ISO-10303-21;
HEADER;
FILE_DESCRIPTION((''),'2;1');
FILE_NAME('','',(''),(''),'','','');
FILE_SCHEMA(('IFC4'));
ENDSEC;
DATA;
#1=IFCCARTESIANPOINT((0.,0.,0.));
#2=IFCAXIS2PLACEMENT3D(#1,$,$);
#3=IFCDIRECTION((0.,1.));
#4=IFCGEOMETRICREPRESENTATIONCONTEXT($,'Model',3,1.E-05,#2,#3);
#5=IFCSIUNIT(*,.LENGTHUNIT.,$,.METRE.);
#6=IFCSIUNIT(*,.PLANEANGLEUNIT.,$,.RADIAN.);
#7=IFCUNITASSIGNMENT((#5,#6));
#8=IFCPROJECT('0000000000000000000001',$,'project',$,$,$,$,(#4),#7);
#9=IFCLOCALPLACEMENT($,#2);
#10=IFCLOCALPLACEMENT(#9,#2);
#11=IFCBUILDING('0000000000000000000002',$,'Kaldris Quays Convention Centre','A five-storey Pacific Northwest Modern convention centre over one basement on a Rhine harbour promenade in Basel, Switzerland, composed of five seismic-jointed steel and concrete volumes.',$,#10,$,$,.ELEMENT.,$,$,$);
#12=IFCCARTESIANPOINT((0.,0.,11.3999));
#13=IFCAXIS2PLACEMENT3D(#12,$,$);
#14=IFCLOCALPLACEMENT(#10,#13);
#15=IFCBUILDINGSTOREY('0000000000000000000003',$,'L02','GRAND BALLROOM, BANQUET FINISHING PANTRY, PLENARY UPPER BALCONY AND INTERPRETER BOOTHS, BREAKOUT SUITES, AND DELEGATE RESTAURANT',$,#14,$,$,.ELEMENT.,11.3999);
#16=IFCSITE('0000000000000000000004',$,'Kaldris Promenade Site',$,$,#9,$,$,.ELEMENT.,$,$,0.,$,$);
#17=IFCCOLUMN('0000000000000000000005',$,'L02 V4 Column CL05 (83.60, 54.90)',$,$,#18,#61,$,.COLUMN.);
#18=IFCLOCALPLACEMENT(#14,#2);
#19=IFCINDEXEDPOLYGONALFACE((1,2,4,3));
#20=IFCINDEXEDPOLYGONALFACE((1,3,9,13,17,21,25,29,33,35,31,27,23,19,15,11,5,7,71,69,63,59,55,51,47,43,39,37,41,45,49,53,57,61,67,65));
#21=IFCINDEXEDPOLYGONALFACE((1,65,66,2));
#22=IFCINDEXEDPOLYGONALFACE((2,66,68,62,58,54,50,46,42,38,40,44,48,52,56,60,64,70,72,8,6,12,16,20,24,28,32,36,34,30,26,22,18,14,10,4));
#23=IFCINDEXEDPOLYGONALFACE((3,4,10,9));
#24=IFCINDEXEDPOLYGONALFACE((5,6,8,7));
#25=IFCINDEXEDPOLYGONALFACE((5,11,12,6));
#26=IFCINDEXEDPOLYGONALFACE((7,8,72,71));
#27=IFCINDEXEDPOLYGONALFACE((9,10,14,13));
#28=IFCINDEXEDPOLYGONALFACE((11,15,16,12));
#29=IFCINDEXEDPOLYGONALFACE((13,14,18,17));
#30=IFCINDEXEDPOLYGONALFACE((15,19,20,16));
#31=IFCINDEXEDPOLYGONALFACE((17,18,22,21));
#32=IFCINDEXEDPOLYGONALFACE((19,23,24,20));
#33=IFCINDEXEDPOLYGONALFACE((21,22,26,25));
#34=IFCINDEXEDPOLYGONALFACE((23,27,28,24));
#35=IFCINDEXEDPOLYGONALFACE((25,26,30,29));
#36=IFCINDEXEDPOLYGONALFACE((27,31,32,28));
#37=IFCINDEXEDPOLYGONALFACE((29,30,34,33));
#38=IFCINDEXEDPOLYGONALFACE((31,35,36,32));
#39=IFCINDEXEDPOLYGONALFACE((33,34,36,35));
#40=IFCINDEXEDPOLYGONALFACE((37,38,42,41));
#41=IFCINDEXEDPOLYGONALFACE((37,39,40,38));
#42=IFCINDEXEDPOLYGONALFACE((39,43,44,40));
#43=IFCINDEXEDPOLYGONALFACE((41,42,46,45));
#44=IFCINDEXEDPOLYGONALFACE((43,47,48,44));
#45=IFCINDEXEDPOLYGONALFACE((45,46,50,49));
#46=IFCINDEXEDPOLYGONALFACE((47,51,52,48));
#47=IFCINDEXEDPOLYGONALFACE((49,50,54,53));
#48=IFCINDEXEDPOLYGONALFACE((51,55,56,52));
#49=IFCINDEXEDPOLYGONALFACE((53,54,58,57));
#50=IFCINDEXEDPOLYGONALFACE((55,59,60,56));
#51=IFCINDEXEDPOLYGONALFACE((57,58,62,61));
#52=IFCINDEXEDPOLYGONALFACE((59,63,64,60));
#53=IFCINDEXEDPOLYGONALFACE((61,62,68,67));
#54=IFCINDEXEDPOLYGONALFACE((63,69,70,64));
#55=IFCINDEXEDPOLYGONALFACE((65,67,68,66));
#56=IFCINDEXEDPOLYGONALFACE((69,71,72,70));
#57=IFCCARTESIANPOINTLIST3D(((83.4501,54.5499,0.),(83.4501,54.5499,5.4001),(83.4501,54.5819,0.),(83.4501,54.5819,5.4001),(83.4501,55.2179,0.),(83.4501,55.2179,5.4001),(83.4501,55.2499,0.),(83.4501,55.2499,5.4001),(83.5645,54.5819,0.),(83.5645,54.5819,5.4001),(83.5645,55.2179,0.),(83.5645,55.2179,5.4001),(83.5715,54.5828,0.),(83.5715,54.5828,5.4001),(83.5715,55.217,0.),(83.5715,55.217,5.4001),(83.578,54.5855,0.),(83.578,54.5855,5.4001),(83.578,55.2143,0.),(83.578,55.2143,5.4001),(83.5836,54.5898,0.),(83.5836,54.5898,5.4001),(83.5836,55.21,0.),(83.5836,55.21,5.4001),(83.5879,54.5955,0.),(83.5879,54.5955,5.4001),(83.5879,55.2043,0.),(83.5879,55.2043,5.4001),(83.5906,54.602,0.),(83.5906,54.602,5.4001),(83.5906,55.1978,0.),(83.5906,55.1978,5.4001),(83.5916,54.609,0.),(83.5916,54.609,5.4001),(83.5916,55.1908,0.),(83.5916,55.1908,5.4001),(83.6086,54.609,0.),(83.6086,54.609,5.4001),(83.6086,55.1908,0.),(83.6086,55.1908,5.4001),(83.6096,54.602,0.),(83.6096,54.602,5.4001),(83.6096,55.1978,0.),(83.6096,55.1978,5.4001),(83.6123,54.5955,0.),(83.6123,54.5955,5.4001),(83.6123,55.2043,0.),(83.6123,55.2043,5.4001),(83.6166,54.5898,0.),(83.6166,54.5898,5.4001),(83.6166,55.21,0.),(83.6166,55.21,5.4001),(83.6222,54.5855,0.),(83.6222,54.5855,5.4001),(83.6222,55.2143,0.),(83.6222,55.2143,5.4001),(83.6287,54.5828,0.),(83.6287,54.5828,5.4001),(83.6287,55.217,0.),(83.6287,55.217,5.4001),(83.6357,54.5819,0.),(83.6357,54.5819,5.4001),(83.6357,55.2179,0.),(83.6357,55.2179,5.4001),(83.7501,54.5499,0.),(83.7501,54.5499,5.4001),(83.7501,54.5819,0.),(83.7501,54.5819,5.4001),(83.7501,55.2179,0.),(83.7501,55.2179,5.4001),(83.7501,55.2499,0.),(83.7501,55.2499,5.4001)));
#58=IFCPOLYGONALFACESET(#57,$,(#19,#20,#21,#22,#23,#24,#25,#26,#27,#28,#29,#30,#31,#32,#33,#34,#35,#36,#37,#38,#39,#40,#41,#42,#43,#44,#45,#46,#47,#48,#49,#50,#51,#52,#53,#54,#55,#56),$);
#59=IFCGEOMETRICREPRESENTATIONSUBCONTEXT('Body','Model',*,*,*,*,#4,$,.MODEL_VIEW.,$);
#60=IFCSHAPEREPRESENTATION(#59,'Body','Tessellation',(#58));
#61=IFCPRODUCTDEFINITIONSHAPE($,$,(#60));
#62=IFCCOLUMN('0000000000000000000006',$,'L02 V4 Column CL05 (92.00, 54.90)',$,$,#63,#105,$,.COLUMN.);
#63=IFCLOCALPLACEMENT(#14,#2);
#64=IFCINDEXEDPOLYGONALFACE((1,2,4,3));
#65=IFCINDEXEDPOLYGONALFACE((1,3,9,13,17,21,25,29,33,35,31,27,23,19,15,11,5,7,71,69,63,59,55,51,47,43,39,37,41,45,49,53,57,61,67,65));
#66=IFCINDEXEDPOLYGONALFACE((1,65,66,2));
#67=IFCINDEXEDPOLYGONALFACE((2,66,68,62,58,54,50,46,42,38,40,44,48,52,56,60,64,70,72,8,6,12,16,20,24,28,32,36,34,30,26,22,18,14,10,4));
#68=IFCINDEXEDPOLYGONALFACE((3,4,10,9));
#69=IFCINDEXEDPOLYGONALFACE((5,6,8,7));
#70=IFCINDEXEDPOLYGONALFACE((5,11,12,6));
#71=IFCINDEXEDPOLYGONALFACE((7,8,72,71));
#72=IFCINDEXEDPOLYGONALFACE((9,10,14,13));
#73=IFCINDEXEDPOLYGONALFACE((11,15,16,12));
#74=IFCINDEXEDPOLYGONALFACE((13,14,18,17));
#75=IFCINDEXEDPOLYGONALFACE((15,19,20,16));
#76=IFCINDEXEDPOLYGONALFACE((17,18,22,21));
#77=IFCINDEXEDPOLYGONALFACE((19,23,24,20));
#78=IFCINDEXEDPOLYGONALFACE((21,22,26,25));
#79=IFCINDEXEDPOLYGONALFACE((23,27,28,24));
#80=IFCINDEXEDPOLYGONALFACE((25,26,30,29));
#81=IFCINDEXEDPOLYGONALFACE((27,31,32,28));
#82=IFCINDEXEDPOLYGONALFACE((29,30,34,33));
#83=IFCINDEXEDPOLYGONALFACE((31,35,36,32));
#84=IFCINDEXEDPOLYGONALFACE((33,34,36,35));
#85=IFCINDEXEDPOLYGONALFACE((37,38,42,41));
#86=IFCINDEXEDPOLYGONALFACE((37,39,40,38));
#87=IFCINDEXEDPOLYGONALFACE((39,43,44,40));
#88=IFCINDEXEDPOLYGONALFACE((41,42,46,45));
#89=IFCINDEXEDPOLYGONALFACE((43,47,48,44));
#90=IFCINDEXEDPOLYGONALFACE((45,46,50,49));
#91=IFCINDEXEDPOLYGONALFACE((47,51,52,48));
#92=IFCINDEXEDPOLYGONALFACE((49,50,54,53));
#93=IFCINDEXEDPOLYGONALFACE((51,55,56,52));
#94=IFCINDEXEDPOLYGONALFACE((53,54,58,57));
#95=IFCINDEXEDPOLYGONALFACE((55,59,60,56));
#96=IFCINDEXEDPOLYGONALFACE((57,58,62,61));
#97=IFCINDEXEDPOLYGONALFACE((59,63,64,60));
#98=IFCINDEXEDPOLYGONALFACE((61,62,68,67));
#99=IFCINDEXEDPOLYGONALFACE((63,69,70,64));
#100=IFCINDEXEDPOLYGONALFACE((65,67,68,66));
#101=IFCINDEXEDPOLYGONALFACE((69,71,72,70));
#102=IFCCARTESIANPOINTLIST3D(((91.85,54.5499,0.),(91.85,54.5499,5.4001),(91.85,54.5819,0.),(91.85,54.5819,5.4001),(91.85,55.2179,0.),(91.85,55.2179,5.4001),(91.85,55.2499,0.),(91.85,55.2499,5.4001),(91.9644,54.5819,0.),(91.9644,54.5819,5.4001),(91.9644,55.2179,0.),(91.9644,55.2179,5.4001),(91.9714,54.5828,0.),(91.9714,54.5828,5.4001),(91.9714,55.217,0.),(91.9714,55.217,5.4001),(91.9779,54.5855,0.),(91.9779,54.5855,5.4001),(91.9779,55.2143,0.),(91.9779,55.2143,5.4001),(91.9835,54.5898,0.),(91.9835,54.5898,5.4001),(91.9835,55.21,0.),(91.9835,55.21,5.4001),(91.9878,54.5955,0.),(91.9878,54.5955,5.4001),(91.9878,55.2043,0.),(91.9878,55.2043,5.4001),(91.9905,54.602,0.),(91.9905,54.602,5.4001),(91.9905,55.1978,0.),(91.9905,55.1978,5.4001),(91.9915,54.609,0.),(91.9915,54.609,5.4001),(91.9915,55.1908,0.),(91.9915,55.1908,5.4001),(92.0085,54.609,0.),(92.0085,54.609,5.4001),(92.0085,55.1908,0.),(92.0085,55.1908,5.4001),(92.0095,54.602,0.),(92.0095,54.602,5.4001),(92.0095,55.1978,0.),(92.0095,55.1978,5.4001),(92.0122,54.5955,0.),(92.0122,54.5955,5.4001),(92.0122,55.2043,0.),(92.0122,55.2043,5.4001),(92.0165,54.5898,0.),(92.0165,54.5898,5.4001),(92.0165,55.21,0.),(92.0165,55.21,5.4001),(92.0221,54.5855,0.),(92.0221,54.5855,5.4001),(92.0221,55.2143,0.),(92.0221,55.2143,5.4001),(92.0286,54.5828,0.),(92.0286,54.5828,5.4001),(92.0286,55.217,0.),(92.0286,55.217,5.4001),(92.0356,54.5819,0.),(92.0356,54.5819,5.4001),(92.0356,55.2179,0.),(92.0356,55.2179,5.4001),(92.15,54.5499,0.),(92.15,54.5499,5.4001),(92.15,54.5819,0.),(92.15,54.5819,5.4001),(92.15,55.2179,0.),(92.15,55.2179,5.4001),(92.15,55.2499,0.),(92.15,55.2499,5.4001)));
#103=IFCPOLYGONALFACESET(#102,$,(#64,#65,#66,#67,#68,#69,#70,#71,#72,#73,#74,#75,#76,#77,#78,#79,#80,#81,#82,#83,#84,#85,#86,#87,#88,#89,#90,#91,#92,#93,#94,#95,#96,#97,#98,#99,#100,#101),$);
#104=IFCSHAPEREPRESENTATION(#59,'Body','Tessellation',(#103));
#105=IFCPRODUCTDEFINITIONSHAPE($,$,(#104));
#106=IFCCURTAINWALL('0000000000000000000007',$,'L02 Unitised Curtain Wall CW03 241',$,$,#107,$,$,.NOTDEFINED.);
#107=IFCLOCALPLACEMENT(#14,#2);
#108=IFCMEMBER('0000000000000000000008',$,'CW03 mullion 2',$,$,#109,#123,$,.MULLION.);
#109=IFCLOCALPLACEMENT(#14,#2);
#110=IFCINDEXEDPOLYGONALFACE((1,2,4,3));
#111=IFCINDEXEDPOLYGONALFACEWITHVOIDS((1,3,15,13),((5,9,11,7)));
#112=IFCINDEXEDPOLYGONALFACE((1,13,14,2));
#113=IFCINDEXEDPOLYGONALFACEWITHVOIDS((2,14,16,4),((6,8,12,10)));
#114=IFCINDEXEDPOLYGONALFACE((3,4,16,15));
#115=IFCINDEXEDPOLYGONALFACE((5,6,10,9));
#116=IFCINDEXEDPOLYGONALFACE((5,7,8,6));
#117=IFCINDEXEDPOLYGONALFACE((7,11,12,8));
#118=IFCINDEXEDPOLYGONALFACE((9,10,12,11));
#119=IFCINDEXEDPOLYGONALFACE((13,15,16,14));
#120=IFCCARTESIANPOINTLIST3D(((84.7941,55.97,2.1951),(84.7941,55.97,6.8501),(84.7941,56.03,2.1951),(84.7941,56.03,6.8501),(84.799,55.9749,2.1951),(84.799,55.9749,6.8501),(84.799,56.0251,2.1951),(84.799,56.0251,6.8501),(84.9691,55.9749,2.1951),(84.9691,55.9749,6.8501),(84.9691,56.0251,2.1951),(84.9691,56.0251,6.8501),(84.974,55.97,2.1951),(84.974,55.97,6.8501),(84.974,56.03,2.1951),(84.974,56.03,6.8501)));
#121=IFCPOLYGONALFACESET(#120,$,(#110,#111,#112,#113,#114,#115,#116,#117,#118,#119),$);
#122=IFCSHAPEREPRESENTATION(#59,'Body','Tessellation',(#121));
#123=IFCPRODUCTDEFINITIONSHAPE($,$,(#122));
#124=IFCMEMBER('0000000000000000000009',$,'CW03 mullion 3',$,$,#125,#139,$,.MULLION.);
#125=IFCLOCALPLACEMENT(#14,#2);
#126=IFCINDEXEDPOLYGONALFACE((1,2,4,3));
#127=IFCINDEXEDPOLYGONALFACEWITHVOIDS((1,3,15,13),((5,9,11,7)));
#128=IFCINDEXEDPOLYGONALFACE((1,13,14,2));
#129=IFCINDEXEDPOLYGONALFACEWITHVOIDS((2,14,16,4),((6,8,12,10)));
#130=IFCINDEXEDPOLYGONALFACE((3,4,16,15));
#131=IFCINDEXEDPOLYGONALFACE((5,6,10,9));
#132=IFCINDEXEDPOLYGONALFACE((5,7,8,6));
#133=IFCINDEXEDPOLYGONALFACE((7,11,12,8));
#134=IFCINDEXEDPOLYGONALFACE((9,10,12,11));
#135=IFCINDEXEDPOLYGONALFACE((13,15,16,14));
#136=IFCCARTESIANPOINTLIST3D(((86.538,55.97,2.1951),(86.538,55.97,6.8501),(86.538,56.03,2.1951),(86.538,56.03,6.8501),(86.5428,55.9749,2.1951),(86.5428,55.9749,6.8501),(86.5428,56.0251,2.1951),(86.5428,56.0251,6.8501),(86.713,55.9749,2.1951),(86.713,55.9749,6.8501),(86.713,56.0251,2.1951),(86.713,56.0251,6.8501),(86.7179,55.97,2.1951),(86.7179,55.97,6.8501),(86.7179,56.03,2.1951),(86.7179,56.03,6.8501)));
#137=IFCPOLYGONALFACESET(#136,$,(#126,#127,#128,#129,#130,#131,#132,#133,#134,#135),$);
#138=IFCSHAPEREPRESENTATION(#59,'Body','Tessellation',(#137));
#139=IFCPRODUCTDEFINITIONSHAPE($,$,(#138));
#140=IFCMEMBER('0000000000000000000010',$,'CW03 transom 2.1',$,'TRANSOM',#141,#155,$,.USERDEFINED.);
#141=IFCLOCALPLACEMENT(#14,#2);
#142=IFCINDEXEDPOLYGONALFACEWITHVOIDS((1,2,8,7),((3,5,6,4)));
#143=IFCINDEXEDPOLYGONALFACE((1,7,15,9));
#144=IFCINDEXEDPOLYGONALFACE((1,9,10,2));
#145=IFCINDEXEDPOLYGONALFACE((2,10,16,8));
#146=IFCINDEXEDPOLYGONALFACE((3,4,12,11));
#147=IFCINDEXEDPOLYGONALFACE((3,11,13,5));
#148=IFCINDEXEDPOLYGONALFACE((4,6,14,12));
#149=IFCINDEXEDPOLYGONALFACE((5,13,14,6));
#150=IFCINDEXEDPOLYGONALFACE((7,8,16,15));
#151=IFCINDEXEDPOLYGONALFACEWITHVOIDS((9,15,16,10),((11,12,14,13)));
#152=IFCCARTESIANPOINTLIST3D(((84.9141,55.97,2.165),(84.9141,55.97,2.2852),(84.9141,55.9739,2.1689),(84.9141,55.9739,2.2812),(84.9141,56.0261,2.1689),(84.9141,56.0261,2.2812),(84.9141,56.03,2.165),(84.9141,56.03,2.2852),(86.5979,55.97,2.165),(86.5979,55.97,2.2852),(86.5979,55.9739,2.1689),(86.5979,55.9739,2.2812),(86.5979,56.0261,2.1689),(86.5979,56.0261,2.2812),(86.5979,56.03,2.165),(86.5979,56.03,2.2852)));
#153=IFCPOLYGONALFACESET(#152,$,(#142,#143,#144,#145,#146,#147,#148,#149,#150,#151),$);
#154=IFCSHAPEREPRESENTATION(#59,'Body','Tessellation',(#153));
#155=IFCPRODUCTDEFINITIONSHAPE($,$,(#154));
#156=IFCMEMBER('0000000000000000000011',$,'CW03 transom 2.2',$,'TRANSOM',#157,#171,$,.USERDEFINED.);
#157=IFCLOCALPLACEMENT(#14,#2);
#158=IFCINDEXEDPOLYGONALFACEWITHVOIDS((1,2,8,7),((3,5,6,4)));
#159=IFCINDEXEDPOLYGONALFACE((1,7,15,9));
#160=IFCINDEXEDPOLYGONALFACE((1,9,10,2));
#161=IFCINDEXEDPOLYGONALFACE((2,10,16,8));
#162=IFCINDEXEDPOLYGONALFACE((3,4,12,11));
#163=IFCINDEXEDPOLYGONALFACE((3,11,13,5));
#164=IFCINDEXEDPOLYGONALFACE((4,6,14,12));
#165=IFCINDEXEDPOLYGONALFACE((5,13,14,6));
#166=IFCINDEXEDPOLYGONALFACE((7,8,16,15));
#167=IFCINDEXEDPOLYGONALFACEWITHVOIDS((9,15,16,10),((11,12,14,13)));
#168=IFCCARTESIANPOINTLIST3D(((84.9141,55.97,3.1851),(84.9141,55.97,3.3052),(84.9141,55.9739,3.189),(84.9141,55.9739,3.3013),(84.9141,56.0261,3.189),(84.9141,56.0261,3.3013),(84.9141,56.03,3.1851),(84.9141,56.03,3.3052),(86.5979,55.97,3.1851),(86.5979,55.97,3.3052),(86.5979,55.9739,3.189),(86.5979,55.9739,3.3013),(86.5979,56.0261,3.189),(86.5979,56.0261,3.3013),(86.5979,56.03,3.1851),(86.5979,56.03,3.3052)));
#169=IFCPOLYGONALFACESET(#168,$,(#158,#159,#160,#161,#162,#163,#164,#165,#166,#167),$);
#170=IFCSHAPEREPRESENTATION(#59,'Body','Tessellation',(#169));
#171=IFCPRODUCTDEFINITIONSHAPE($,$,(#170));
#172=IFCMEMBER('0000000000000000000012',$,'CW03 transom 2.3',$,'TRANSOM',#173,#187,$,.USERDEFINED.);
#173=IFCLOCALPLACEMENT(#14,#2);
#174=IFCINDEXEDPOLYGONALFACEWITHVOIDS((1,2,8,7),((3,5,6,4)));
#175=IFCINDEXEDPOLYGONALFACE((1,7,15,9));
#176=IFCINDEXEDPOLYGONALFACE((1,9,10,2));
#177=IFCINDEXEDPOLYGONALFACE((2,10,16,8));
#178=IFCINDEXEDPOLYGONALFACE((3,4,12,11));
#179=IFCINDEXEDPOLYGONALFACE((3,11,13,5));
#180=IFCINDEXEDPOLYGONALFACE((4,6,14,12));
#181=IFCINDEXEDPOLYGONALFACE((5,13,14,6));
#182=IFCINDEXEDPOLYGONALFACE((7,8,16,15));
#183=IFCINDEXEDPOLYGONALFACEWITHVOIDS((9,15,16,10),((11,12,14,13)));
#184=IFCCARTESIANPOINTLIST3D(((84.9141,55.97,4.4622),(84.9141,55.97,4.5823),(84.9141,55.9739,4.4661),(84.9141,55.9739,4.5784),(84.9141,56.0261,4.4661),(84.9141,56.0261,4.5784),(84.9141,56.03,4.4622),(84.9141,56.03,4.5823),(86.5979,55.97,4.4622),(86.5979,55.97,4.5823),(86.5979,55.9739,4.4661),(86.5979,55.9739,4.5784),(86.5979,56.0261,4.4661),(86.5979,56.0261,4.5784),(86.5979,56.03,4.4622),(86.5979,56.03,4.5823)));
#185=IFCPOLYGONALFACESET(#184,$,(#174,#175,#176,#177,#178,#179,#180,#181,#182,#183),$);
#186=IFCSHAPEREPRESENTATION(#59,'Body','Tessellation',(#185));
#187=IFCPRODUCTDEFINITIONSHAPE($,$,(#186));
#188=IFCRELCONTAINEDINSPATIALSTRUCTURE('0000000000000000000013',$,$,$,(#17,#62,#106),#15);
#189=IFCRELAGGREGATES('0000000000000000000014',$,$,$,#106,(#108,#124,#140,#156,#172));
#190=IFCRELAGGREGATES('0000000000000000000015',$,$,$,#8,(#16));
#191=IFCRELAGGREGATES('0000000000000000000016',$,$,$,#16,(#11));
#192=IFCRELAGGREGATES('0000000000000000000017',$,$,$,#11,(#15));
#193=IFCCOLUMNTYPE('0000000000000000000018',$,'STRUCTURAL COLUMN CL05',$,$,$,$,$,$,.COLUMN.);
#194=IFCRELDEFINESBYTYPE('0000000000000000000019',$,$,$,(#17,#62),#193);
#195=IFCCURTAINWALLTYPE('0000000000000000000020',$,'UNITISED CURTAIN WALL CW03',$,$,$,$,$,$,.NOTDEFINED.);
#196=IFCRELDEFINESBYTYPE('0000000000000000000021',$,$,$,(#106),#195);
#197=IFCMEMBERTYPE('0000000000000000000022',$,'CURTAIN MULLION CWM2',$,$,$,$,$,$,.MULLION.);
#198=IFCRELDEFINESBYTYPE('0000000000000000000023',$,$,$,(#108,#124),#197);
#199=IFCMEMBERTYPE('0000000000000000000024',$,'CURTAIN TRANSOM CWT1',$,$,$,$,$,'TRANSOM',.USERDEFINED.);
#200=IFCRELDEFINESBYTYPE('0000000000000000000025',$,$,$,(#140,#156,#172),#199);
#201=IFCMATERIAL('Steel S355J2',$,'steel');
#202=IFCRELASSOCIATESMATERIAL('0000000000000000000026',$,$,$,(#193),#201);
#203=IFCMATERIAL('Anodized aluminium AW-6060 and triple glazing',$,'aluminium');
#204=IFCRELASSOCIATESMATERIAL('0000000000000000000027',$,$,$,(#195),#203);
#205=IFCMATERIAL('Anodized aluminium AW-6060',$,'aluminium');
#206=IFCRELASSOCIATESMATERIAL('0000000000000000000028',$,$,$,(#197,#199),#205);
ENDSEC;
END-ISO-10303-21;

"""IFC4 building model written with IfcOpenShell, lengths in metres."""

from ifc_helpers import new_model, si_unit, direction, frame, origin, origin_2d, place, context, subcontext, project, spatial, hollow_rectangle, i_section, extrude, material, material_profile, profile_set, type_object, element, aggregate, save


model = new_model("IFC4")

# Units and contexts
model_context = context("Model", 3, precision=1e-05, world=origin(), true_north=direction((0.0, 1.0)))
body_context = subcontext(model_context, "Body", "Model", "MODEL_VIEW")
ifc_project = project(units=[si_unit("LENGTHUNIT", "METRE"), si_unit("PLANEANGLEUNIT", "RADIAN")], contexts=[model_context])

# Site, building, storey
site_placement = place(None, origin())
site = spatial("IfcSite", under=ifc_project, at=site_placement, Name="Kaldris Promenade Site", CompositionType="ELEMENT", RefElevation=0.0)
building_placement = place(site_placement, origin())
building = spatial("IfcBuilding", under=site, at=building_placement, Name="Kaldris Quays Convention Centre", Description="A five-storey Pacific Northwest Modern convention centre over one basement on a Rhine harbour promenade in Basel, Switzerland, composed of five seismic-jointed steel and concrete volumes.", CompositionType="ELEMENT")
storey_placement = place(building_placement, frame((0.0, 0.0, 11.3999)))
storey = spatial("IfcBuildingStorey", under=building, at=storey_placement, Name="L02", Description="GRAND BALLROOM, BANQUET FINISHING PANTRY, PLENARY UPPER BALCONY AND INTERPRETER BOOTHS, BREAKOUT SUITES, AND DELEGATE RESTAURANT", CompositionType="ELEMENT", Elevation=11.3999)

# Columns
ifc_material_1 = material(Name="Steel S355J2", Category="steel")
ifc_material_profile_1 = material_profile(ifc_material_1, i_section(OverallWidth=0.3, OverallDepth=0.7, WebThickness=0.0171, FlangeThickness=0.032, FilletRadius=0.0271, at=origin_2d()), Name="HEB 700")
ifc_profile_set_1 = profile_set([ifc_material_profile_1], Name="Steel S355J2")
column_type = type_object("IfcColumnType", Name="STRUCTURAL COLUMN CL05", PredefinedType="COLUMN", material=ifc_profile_set_1)
for number, where, z_axis, x_axis, name in (
    (1, (83.6001, 54.8999, 0.0), (0.0, 0.0, 1.0), (1.0, 0.0, 0.0), "L02 V4 Column CL05 (83.60, 54.90)"),
    (2, (92.0, 54.8999, 0.0), (0.0, 0.0, 1.0), (1.0, 0.0, 0.0), "L02 V4 Column CL05 (92.00, 54.90)"),
):
    element("IfcColumn", number, at=place(storey_placement, frame(where, z_axis=z_axis, x_axis=x_axis)), inside=storey, type_object=column_type, Name=name, PredefinedType="COLUMN", context=body_context, shape_type="SweptSolid", body=[
        extrude(i_section(OverallWidth=0.3, OverallDepth=0.7, WebThickness=0.0171, FlangeThickness=0.032, FilletRadius=0.0271, at=origin_2d()), origin(), (0.0, 0.0, 1.0), 5.4001),
    ])

# Curtain wall, members
ifc_material_2 = material(Name="Anodized aluminium AW-6060 and triple glazing", Category="aluminium")
curtain_wall_type = type_object("IfcCurtainWallType", Name="UNITISED CURTAIN WALL CW03", PredefinedType="NOTDEFINED", material=ifc_material_2)
curtain_wall_placement = place(storey_placement, origin())
curtain_wall = element("IfcCurtainWall", 3, at=curtain_wall_placement, inside=storey, type_object=curtain_wall_type, Name="L02 Unitised Curtain Wall CW03 241", PredefinedType="NOTDEFINED")
ifc_material_3 = material(Name="Anodized aluminium AW-6060", Category="aluminium")
ifc_material_profile_2 = material_profile(ifc_material_3, hollow_rectangle(XDim=0.0601, YDim=0.1799, WallThickness=0.0049, at=origin_2d()), Name="RHS 180x60x5")
ifc_profile_set_2 = profile_set([ifc_material_profile_2], Name="Anodized aluminium AW-6060")
member_type_1 = type_object("IfcMemberType", Name="CURTAIN MULLION CWM2", PredefinedType="MULLION", material=ifc_profile_set_2)
member_1_placement = place(storey_placement, frame((84.884, 56.0, 2.1951), z_axis=(0.0, 0.0, 1.0), x_axis=(0.0, 1.0, 0.0)))
member_1 = element("IfcMember", 4, at=member_1_placement, type_object=member_type_1, Name="CW03 mullion 2", PredefinedType="MULLION", context=body_context, shape_type="SweptSolid", body=[
    extrude(hollow_rectangle(XDim=0.0601, YDim=0.1799, WallThickness=0.0049, at=origin_2d()), origin(), (0.0, 0.0, 1.0), 4.655),
])
member_2_placement = place(storey_placement, frame((86.6279, 56.0, 2.1951), z_axis=(0.0, 0.0, 1.0), x_axis=(0.0, 1.0, 0.0)))
member_2 = element("IfcMember", 5, at=member_2_placement, type_object=member_type_1, Name="CW03 mullion 3", PredefinedType="MULLION", context=body_context, shape_type="SweptSolid", body=[
    extrude(hollow_rectangle(XDim=0.0601, YDim=0.1799, WallThickness=0.0049, at=origin_2d()), origin(), (0.0, 0.0, 1.0), 4.655),
])
ifc_material_profile_3 = material_profile(ifc_material_3, hollow_rectangle(XDim=0.0601, YDim=0.1201, WallThickness=0.0039, at=origin_2d()), Name="RHS 120x60x4")
ifc_profile_set_3 = profile_set([ifc_material_profile_3], Name="Anodized aluminium AW-6060")
member_type_2 = type_object("IfcMemberType", Name="CURTAIN TRANSOM CWT1", ElementType="TRANSOM", PredefinedType="USERDEFINED", material=ifc_profile_set_3)
member_3_placement = place(storey_placement, frame((84.9141, 56.0, 2.2251), z_axis=(1.0, 0.0, 0.0), x_axis=(0.0, 1.0, 0.0)))
member_3 = element("IfcMember", 6, at=member_3_placement, type_object=member_type_2, Name="CW03 transom 2.1", ObjectType="TRANSOM", PredefinedType="USERDEFINED", context=body_context, shape_type="SweptSolid", body=[
    extrude(hollow_rectangle(XDim=0.0601, YDim=0.1201, WallThickness=0.0039, at=origin_2d()), origin(), (0.0, 0.0, 1.0), 1.6838),
])
member_4_placement = place(storey_placement, frame((84.9141, 56.0, 3.2451), z_axis=(1.0, 0.0, 0.0), x_axis=(0.0, 1.0, 0.0)))
member_4 = element("IfcMember", 7, at=member_4_placement, type_object=member_type_2, Name="CW03 transom 2.2", ObjectType="TRANSOM", PredefinedType="USERDEFINED", context=body_context, shape_type="SweptSolid", body=[
    extrude(hollow_rectangle(XDim=0.0601, YDim=0.1201, WallThickness=0.0039, at=origin_2d()), origin(), (0.0, 0.0, 1.0), 1.6838),
])
member_5_placement = place(storey_placement, frame((84.9141, 56.0, 4.5222), z_axis=(1.0, 0.0, 0.0), x_axis=(0.0, 1.0, 0.0)))
member_5 = element("IfcMember", 8, at=member_5_placement, type_object=member_type_2, Name="CW03 transom 2.3", ObjectType="TRANSOM", PredefinedType="USERDEFINED", context=body_context, shape_type="SweptSolid", body=[
    extrude(hollow_rectangle(XDim=0.0601, YDim=0.1201, WallThickness=0.0039, at=origin_2d()), origin(), (0.0, 0.0, 1.0), 1.6838),
])

aggregate(curtain_wall, [member_1, member_2, member_3, member_4, member_5])

save(model, "model.ifc")
